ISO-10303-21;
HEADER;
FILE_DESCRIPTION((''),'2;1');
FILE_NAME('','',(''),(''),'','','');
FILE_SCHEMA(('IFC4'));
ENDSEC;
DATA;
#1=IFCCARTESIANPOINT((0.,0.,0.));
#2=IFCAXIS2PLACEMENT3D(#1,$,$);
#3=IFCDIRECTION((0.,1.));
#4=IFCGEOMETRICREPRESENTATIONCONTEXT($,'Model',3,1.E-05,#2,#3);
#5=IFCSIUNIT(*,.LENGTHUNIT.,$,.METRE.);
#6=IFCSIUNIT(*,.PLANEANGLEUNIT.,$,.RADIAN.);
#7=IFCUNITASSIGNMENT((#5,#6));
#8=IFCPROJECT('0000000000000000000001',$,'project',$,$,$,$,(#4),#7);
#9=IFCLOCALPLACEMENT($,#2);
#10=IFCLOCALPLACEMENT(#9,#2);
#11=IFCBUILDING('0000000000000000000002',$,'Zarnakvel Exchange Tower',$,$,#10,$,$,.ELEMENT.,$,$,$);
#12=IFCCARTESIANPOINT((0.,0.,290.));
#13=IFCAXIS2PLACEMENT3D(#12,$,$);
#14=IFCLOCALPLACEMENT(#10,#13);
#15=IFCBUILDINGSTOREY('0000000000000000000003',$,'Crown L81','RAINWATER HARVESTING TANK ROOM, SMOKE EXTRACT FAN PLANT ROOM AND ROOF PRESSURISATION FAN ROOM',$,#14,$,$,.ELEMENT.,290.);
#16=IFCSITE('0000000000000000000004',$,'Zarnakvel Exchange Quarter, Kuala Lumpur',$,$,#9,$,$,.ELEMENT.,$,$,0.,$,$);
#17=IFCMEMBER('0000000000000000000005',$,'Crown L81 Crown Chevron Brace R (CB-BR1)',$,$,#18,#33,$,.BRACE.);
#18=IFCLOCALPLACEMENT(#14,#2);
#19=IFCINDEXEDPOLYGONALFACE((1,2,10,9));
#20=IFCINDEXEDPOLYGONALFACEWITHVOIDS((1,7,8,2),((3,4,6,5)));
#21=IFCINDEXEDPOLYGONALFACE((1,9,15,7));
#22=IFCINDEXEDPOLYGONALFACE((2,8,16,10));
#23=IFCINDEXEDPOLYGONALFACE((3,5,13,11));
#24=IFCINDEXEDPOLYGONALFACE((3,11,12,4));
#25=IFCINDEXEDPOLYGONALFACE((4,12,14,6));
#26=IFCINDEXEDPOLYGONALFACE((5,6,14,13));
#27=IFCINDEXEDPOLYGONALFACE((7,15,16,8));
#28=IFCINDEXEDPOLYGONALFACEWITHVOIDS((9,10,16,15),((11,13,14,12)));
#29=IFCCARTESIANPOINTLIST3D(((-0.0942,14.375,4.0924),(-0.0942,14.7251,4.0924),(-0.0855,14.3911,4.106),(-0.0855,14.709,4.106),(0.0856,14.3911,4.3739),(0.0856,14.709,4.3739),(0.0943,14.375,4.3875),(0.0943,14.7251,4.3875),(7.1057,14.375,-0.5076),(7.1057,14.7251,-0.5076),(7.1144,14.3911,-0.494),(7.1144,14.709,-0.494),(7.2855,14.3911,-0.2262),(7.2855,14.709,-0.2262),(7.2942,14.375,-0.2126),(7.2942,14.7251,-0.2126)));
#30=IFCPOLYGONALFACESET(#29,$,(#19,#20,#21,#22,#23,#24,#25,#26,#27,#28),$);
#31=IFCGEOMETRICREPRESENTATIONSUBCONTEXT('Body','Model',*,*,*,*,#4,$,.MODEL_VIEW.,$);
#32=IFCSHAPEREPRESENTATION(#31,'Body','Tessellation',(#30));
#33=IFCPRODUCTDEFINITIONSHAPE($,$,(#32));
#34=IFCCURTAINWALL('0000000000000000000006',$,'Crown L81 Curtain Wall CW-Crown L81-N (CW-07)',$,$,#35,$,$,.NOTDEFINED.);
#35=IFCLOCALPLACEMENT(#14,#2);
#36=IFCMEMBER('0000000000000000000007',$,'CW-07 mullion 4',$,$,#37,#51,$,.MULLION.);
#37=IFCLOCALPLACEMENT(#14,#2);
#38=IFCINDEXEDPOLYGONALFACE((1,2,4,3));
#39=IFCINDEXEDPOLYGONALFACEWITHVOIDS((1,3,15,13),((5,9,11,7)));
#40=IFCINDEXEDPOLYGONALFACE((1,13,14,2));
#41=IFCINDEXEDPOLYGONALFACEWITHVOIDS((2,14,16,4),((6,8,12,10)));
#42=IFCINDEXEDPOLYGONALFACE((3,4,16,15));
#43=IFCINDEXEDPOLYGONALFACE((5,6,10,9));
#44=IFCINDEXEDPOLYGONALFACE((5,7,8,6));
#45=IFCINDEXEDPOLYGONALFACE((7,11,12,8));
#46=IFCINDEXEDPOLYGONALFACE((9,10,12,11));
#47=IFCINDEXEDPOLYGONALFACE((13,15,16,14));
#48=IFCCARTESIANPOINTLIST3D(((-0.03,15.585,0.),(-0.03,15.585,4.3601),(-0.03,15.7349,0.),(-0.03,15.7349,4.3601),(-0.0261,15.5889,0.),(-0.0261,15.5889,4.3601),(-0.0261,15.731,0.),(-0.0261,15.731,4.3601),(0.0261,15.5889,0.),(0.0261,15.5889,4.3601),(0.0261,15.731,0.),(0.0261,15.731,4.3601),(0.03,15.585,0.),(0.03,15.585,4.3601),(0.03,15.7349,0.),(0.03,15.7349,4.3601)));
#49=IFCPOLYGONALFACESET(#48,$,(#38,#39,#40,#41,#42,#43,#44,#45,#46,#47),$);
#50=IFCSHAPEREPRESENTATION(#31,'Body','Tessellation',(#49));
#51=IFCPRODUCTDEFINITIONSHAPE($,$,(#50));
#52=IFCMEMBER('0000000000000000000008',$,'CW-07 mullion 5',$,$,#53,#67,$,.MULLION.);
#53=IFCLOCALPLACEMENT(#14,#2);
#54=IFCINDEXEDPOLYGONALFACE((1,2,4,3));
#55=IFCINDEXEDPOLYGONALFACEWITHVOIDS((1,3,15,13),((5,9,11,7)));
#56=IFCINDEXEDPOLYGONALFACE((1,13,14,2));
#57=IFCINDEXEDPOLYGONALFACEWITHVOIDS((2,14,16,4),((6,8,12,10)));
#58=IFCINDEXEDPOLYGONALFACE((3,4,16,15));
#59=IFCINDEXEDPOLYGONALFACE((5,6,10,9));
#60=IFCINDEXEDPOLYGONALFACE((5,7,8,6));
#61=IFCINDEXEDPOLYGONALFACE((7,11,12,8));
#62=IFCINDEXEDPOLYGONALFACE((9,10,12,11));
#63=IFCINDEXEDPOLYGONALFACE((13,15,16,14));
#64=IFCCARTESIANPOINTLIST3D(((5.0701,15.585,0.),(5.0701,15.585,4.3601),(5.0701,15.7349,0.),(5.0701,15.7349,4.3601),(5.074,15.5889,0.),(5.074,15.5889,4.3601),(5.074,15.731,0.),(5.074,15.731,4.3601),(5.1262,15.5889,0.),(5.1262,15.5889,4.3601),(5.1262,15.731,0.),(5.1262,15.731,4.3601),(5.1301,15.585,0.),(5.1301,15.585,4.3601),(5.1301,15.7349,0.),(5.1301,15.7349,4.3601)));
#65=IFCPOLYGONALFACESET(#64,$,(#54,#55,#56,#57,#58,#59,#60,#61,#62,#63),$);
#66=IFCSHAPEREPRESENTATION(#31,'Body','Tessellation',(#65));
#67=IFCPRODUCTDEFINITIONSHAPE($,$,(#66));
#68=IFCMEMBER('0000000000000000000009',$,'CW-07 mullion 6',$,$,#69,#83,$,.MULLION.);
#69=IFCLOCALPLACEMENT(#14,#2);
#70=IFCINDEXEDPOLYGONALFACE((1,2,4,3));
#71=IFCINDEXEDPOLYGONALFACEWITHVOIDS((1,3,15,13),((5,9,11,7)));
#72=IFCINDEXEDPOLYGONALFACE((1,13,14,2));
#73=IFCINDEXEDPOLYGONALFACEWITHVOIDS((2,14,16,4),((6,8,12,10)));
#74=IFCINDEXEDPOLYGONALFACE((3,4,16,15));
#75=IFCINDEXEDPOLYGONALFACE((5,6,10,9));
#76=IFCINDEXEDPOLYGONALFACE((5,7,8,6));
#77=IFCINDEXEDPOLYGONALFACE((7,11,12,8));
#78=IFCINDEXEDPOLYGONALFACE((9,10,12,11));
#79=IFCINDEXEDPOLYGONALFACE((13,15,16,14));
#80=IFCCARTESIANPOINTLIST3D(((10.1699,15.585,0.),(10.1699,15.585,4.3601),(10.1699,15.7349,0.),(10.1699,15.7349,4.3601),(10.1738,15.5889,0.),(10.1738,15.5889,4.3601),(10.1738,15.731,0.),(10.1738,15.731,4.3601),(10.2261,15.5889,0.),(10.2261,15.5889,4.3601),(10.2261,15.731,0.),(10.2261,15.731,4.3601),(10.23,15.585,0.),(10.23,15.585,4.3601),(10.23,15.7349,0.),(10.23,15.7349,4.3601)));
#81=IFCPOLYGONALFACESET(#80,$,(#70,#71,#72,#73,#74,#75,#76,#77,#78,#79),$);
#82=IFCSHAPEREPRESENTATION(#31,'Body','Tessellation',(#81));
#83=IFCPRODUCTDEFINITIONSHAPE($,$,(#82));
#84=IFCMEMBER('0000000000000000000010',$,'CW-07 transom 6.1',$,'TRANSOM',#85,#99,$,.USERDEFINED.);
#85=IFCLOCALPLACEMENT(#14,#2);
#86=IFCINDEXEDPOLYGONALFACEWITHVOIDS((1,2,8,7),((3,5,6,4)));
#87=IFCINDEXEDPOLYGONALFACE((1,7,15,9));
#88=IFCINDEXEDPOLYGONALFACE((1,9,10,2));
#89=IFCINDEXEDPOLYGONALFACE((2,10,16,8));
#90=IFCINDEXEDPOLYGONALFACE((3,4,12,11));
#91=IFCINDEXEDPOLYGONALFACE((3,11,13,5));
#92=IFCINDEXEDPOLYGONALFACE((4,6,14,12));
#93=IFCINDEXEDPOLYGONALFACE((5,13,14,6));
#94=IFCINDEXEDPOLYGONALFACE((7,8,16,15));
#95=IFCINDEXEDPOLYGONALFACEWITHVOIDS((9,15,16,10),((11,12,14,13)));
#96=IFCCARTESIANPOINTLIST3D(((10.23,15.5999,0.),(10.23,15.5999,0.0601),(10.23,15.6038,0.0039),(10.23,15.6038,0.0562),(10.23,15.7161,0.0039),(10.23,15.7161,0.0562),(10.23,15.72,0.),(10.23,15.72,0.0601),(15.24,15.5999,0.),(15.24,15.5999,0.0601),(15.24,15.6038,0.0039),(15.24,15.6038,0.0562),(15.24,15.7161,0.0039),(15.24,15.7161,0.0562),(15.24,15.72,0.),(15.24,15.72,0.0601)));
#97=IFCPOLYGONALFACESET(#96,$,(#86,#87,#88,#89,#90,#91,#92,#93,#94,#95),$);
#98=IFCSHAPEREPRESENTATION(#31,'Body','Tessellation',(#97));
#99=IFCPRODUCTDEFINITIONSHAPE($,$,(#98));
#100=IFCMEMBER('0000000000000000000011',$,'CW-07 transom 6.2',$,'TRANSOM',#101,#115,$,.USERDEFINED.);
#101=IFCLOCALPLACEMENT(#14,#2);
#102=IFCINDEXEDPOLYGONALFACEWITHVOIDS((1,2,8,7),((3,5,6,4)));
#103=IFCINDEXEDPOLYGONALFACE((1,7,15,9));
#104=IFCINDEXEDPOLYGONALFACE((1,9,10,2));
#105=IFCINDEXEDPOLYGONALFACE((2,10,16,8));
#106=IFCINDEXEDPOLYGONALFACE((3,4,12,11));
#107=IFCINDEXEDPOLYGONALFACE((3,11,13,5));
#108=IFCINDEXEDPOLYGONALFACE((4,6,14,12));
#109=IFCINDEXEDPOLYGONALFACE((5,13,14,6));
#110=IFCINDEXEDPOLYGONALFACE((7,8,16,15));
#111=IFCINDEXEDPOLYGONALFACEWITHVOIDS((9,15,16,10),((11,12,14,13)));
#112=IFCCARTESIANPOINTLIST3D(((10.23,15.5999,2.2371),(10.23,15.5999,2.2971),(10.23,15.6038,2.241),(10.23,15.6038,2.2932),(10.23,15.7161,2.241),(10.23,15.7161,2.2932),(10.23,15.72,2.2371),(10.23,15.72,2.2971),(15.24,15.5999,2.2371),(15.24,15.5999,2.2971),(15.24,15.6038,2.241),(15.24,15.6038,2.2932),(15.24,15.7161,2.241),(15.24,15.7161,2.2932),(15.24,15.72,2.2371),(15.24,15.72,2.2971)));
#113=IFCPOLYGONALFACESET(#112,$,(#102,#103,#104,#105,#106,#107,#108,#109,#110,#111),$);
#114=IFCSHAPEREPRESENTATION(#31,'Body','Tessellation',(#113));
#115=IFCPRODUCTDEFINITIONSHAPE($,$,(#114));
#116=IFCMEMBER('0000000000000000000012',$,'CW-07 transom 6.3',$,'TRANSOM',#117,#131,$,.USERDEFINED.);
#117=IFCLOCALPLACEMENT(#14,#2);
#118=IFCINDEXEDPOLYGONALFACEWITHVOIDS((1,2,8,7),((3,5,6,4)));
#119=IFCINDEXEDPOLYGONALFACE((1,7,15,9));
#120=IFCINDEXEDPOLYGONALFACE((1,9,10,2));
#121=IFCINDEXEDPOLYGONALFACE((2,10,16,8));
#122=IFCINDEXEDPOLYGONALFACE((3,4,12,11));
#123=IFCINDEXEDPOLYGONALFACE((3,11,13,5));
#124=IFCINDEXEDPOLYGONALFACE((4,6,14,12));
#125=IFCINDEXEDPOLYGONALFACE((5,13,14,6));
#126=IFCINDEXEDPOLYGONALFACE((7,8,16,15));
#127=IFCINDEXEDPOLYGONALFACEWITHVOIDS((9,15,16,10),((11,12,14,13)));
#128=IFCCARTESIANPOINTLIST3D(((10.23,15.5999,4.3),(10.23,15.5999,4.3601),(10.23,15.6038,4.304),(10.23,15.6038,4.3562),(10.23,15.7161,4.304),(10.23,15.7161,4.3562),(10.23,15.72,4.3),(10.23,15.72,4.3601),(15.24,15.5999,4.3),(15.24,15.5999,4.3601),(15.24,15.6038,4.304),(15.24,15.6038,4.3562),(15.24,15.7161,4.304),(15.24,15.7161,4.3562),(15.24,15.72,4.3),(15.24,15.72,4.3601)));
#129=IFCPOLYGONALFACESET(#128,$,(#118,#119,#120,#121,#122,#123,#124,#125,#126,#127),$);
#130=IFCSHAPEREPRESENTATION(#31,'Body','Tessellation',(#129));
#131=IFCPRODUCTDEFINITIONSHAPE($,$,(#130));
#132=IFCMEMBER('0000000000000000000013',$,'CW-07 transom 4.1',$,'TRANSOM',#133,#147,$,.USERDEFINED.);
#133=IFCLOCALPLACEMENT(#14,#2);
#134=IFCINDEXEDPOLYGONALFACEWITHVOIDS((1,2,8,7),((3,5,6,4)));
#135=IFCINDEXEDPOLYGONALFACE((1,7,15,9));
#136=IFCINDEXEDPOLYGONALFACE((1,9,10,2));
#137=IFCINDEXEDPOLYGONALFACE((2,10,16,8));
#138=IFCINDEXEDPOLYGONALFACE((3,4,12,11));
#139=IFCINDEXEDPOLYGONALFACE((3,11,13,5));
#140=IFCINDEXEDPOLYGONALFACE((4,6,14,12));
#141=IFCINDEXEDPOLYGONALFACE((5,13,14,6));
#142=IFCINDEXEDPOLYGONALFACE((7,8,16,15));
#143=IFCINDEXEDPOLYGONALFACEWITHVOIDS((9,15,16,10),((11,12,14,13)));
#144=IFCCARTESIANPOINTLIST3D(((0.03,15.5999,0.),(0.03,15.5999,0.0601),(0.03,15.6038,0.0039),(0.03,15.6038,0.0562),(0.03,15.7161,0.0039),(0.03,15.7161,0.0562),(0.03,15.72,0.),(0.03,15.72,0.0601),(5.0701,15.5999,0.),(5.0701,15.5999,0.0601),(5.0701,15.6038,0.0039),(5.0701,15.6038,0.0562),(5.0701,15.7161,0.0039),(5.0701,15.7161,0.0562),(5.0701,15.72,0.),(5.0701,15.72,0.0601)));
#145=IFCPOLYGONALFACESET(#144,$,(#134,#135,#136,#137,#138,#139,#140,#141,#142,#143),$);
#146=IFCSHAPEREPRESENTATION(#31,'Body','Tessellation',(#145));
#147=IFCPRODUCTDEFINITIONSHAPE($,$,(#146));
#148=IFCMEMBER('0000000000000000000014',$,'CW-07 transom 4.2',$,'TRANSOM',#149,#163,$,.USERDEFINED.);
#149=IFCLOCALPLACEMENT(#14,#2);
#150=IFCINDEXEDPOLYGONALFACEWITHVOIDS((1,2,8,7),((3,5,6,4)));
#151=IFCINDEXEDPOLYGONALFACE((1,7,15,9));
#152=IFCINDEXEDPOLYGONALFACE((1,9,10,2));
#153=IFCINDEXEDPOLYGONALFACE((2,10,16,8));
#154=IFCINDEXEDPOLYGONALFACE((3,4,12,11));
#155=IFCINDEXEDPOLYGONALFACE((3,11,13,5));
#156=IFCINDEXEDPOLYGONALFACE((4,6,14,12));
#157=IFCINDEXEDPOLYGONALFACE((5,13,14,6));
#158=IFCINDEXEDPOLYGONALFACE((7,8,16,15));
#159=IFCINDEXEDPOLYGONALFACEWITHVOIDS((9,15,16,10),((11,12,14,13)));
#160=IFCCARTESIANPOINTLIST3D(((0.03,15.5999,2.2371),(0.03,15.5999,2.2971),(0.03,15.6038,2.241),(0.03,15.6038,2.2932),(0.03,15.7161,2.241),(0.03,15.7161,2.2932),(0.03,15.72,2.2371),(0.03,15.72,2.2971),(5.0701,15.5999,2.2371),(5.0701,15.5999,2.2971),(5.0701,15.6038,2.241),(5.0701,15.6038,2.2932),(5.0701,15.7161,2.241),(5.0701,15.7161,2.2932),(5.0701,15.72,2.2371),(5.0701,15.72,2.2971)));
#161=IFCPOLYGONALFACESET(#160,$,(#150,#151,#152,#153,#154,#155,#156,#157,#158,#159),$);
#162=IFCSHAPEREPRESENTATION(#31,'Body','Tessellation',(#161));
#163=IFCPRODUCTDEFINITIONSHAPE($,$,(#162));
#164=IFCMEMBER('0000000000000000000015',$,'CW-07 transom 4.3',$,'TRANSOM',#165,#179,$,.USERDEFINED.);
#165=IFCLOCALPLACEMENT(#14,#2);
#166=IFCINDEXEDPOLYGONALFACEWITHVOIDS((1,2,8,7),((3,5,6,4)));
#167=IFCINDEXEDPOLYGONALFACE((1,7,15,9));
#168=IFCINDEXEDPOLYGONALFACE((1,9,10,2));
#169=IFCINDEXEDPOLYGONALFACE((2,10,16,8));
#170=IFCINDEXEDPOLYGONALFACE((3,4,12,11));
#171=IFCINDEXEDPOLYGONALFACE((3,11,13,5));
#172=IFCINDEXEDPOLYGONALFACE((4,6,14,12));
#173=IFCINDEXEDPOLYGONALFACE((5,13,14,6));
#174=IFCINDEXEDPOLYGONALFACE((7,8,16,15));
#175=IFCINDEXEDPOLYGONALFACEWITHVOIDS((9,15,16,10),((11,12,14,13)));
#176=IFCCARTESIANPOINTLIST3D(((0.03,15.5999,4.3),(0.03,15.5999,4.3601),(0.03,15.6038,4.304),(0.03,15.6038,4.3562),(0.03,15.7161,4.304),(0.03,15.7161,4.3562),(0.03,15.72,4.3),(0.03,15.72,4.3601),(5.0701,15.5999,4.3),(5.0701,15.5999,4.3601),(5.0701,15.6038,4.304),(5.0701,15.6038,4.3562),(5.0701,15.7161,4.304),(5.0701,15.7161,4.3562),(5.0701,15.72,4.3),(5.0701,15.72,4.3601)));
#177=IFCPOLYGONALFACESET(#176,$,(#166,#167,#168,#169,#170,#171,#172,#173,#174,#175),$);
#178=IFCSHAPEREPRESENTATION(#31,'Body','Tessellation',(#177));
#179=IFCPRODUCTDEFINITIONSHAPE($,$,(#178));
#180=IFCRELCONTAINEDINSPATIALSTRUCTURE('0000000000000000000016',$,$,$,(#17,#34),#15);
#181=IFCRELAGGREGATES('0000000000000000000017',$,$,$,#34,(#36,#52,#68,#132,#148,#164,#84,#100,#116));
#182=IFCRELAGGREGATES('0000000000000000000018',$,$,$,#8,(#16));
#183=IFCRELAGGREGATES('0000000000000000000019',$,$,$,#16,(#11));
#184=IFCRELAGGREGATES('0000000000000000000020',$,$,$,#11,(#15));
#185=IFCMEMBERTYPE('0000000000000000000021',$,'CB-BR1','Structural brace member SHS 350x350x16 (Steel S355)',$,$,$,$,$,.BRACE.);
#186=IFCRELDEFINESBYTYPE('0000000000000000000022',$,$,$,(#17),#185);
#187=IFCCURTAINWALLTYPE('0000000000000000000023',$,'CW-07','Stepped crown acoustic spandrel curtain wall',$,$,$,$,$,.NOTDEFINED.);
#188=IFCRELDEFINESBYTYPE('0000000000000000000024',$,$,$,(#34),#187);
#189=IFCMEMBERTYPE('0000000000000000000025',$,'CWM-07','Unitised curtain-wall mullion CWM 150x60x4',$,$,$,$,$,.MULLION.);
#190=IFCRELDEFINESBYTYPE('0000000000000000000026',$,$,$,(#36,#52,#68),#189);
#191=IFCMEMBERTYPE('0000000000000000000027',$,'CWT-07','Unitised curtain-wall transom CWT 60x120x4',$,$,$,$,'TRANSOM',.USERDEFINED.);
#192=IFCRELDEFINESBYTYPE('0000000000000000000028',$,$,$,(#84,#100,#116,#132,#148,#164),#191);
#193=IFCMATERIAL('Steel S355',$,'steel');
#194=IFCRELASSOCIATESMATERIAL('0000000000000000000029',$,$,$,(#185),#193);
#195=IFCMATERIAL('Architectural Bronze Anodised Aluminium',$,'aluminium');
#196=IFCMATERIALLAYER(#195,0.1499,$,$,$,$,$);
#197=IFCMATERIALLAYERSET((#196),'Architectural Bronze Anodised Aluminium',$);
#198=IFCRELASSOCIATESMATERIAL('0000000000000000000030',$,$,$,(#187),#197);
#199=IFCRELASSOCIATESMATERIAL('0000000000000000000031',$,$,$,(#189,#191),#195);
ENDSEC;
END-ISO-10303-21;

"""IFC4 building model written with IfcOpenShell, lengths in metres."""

from ifc_helpers import new_model, si_unit, direction, frame, origin, origin_2d, place, context, subcontext, project, spatial, hollow_rectangle, extrude, source, transform, mapped, material, layer, layer_set, material_profile, profile_set, type_object, element, aggregate, save


model = new_model("IFC4")

# Units and contexts
model_context = context("Model", 3, precision=1e-05, world=origin(), true_north=direction((0.0, 1.0)))
body_context = subcontext(model_context, "Body", "Model", "MODEL_VIEW")
ifc_project = project(units=[si_unit("LENGTHUNIT", "METRE"), si_unit("PLANEANGLEUNIT", "RADIAN")], contexts=[model_context])

# Site, building, storey
site_placement = place(None, origin())
site = spatial("IfcSite", under=ifc_project, at=site_placement, Name="Zarnakvel Exchange Quarter, Kuala Lumpur", CompositionType="ELEMENT", RefElevation=0.0)
building_placement = place(site_placement, origin())
building = spatial("IfcBuilding", under=site, at=building_placement, Name="Zarnakvel Exchange Tower", CompositionType="ELEMENT")
storey_placement = place(building_placement, frame((0.0, 0.0, 290.0)))
storey = spatial("IfcBuildingStorey", under=building, at=storey_placement, Name="Crown L81", Description="RAINWATER HARVESTING TANK ROOM, SMOKE EXTRACT FAN PLANT ROOM AND ROOF PRESSURISATION FAN ROOM", CompositionType="ELEMENT", Elevation=290.0)

# Member
ifc_material_1 = material(Name="Steel S355", Category="steel")
ifc_material_profile_1 = material_profile(ifc_material_1, hollow_rectangle(XDim=0.3501, YDim=0.3501, WallThickness=0.0161, at=origin_2d()))
ifc_profile_set_1 = profile_set([ifc_material_profile_1], Name="Steel S355")
member_type_1 = type_object("IfcMemberType", Name="CB-BR1", Description="Structural brace member SHS 350x350x16 (Steel S355)", PredefinedType="BRACE", material=ifc_profile_set_1)
shared_shape_1 = source(origin(), body_context, "Body", "SweptSolid", [
    extrude(hollow_rectangle(XDim=0.3501, YDim=0.3501, WallThickness=0.0161, at=origin_2d()), origin(), (0.0, 0.0, 1.0), 8.5439),
])
member_1_placement = place(storey_placement, frame((7.2, 14.55, -0.3601), z_axis=(-0.842689, 0.0, 0.5384), x_axis=(0.0, -1.0, 0.0)))
element("IfcMember", 1, at=member_1_placement, inside=storey, type_object=member_type_1, Name="Crown L81 Crown Chevron Brace R (CB-BR1)", PredefinedType="BRACE", context=body_context, shape_type="MappedRepresentation", body=[
    mapped(shared_shape_1, transform((0.0, 0.0, 0.0), x_axis=(1.0, 0.0, 0.0), y_axis=(0.0, 1.0, 0.0), z_axis=(0.0, 0.0, 1.0), scale=1.0)),
])

# Curtain wall, members
ifc_material_2 = material(Name="Architectural Bronze Anodised Aluminium", Category="aluminium")
ifc_layer_1 = layer(ifc_material_2, 0.1499)
ifc_layer_set_1 = layer_set([ifc_layer_1], Name="Architectural Bronze Anodised Aluminium")
curtain_wall_type = type_object("IfcCurtainWallType", Name="CW-07", Description="Stepped crown acoustic spandrel curtain wall", PredefinedType="NOTDEFINED", material=ifc_layer_set_1)
curtain_wall_placement = place(storey_placement, origin())
curtain_wall = element("IfcCurtainWall", 2, at=curtain_wall_placement, inside=storey, type_object=curtain_wall_type, Name="Crown L81 Curtain Wall CW-Crown L81-N (CW-07)", PredefinedType="NOTDEFINED")
ifc_material_profile_2 = material_profile(ifc_material_2, hollow_rectangle(XDim=0.1499, YDim=0.0601, WallThickness=0.0039, at=origin_2d()))
ifc_profile_set_2 = profile_set([ifc_material_profile_2], Name="Architectural Bronze Anodised Aluminium")
member_type_2 = type_object("IfcMemberType", Name="CWM-07", Description="Unitised curtain-wall mullion CWM 150x60x4", PredefinedType="MULLION", material=ifc_profile_set_2)
shared_shape_2 = source(origin(), body_context, "Body", "SweptSolid", [
    extrude(hollow_rectangle(XDim=0.1499, YDim=0.0601, WallThickness=0.0039, at=origin_2d()), origin(), (0.0, 0.0, 1.0), 4.3601),
])
member_2_placement = place(storey_placement, frame((0.0, 15.6599, 0.0), z_axis=(0.0, 0.0, 1.0), x_axis=(0.0, 1.0, 0.0)))
member_2 = element("IfcMember", 3, at=member_2_placement, type_object=member_type_2, Name="CW-07 mullion 4", PredefinedType="MULLION", context=body_context, shape_type="MappedRepresentation", body=[
    mapped(shared_shape_2, transform((0.0, 0.0, 0.0), x_axis=(1.0, 0.0, 0.0), y_axis=(0.0, 1.0, 0.0), z_axis=(0.0, 0.0, 1.0), scale=1.0)),
])
member_3_placement = place(storey_placement, frame((5.1001, 15.6599, 0.0), z_axis=(0.0, 0.0, 1.0), x_axis=(0.0, 1.0, 0.0)))
member_3 = element("IfcMember", 4, at=member_3_placement, type_object=member_type_2, Name="CW-07 mullion 5", PredefinedType="MULLION", context=body_context, shape_type="MappedRepresentation", body=[
    mapped(shared_shape_2, transform((0.0, 0.0, 0.0), x_axis=(1.0, 0.0, 0.0), y_axis=(0.0, 1.0, 0.0), z_axis=(0.0, 0.0, 1.0), scale=1.0)),
])
member_4_placement = place(storey_placement, frame((10.2, 15.6599, 0.0), z_axis=(0.0, 0.0, 1.0), x_axis=(0.0, 1.0, 0.0)))
member_4 = element("IfcMember", 5, at=member_4_placement, type_object=member_type_2, Name="CW-07 mullion 6", PredefinedType="MULLION", context=body_context, shape_type="MappedRepresentation", body=[
    mapped(shared_shape_2, transform((0.0, 0.0, 0.0), x_axis=(1.0, 0.0, 0.0), y_axis=(0.0, 1.0, 0.0), z_axis=(0.0, 0.0, 1.0), scale=1.0)),
])
ifc_material_profile_3 = material_profile(ifc_material_2, hollow_rectangle(XDim=0.1201, YDim=0.0601, WallThickness=0.0039, at=origin_2d()))
ifc_profile_set_3 = profile_set([ifc_material_profile_3], Name="Architectural Bronze Anodised Aluminium")
member_type_3 = type_object("IfcMemberType", Name="CWT-07", Description="Unitised curtain-wall transom CWT 60x120x4", ElementType="TRANSOM", PredefinedType="USERDEFINED", material=ifc_profile_set_3)
shared_shape_3 = source(origin(), body_context, "Body", "SweptSolid", [
    extrude(hollow_rectangle(XDim=0.1201, YDim=0.0601, WallThickness=0.0039, at=origin_2d()), origin(), (0.0, 0.0, 1.0), 5.01),
])
member_5_placement = place(storey_placement, frame((10.23, 15.6599, 0.03), z_axis=(1.0, 0.0, 0.0), x_axis=(0.0, 1.0, 0.0)))
member_5 = element("IfcMember", 6, at=member_5_placement, type_object=member_type_3, Name="CW-07 transom 6.1", ObjectType="TRANSOM", PredefinedType="USERDEFINED", context=body_context, shape_type="MappedRepresentation", body=[
    mapped(shared_shape_3, transform((0.0, 0.0, 0.0), x_axis=(1.0, 0.0, 0.0), y_axis=(0.0, 1.0, 0.0), z_axis=(0.0, 0.0, 1.0), scale=1.0)),
])
member_6_placement = place(storey_placement, frame((10.23, 15.6599, 2.2671), z_axis=(1.0, 0.0, 0.0), x_axis=(0.0, 1.0, 0.0)))
member_6 = element("IfcMember", 7, at=member_6_placement, type_object=member_type_3, Name="CW-07 transom 6.2", ObjectType="TRANSOM", PredefinedType="USERDEFINED", context=body_context, shape_type="MappedRepresentation", body=[
    mapped(shared_shape_3, transform((0.0, 0.0, 0.0), x_axis=(1.0, 0.0, 0.0), y_axis=(0.0, 1.0, 0.0), z_axis=(0.0, 0.0, 1.0), scale=1.0)),
])
member_7_placement = place(storey_placement, frame((10.23, 15.6599, 4.3301), z_axis=(1.0, 0.0, 0.0), x_axis=(0.0, 1.0, 0.0)))
member_7 = element("IfcMember", 8, at=member_7_placement, type_object=member_type_3, Name="CW-07 transom 6.3", ObjectType="TRANSOM", PredefinedType="USERDEFINED", context=body_context, shape_type="MappedRepresentation", body=[
    mapped(shared_shape_3, transform((0.0, 0.0, 0.0), x_axis=(1.0, 0.0, 0.0), y_axis=(0.0, 1.0, 0.0), z_axis=(0.0, 0.0, 1.0), scale=1.0)),
])
shared_shape_4 = source(origin(), body_context, "Body", "SweptSolid", [
    extrude(hollow_rectangle(XDim=0.1201, YDim=0.0601, WallThickness=0.0039, at=origin_2d()), origin(), (0.0, 0.0, 1.0), 5.04),
])
member_8_placement = place(storey_placement, frame((0.03, 15.6599, 0.03), z_axis=(1.0, 0.0, 0.0), x_axis=(0.0, 1.0, 0.0)))
member_8 = element("IfcMember", 9, at=member_8_placement, type_object=member_type_3, Name="CW-07 transom 4.1", ObjectType="TRANSOM", PredefinedType="USERDEFINED", context=body_context, shape_type="MappedRepresentation", body=[
    mapped(shared_shape_4, transform((0.0, 0.0, 0.0), x_axis=(1.0, 0.0, 0.0), y_axis=(0.0, 1.0, 0.0), z_axis=(0.0, 0.0, 1.0), scale=1.0)),
])
member_9_placement = place(storey_placement, frame((0.03, 15.6599, 2.2671), z_axis=(1.0, 0.0, 0.0), x_axis=(0.0, 1.0, 0.0)))
member_9 = element("IfcMember", 10, at=member_9_placement, type_object=member_type_3, Name="CW-07 transom 4.2", ObjectType="TRANSOM", PredefinedType="USERDEFINED", context=body_context, shape_type="MappedRepresentation", body=[
    mapped(shared_shape_4, transform((0.0, 0.0, 0.0), x_axis=(1.0, 0.0, 0.0), y_axis=(0.0, 1.0, 0.0), z_axis=(0.0, 0.0, 1.0), scale=1.0)),
])
member_10_placement = place(storey_placement, frame((0.03, 15.6599, 4.3301), z_axis=(1.0, 0.0, 0.0), x_axis=(0.0, 1.0, 0.0)))
member_10 = element("IfcMember", 11, at=member_10_placement, type_object=member_type_3, Name="CW-07 transom 4.3", ObjectType="TRANSOM", PredefinedType="USERDEFINED", context=body_context, shape_type="MappedRepresentation", body=[
    mapped(shared_shape_4, transform((0.0, 0.0, 0.0), x_axis=(1.0, 0.0, 0.0), y_axis=(0.0, 1.0, 0.0), z_axis=(0.0, 0.0, 1.0), scale=1.0)),
])

aggregate(curtain_wall, [member_2, member_3, member_4, member_8, member_9, member_10, member_5, member_6, member_7])

save(model, "model.ifc")
